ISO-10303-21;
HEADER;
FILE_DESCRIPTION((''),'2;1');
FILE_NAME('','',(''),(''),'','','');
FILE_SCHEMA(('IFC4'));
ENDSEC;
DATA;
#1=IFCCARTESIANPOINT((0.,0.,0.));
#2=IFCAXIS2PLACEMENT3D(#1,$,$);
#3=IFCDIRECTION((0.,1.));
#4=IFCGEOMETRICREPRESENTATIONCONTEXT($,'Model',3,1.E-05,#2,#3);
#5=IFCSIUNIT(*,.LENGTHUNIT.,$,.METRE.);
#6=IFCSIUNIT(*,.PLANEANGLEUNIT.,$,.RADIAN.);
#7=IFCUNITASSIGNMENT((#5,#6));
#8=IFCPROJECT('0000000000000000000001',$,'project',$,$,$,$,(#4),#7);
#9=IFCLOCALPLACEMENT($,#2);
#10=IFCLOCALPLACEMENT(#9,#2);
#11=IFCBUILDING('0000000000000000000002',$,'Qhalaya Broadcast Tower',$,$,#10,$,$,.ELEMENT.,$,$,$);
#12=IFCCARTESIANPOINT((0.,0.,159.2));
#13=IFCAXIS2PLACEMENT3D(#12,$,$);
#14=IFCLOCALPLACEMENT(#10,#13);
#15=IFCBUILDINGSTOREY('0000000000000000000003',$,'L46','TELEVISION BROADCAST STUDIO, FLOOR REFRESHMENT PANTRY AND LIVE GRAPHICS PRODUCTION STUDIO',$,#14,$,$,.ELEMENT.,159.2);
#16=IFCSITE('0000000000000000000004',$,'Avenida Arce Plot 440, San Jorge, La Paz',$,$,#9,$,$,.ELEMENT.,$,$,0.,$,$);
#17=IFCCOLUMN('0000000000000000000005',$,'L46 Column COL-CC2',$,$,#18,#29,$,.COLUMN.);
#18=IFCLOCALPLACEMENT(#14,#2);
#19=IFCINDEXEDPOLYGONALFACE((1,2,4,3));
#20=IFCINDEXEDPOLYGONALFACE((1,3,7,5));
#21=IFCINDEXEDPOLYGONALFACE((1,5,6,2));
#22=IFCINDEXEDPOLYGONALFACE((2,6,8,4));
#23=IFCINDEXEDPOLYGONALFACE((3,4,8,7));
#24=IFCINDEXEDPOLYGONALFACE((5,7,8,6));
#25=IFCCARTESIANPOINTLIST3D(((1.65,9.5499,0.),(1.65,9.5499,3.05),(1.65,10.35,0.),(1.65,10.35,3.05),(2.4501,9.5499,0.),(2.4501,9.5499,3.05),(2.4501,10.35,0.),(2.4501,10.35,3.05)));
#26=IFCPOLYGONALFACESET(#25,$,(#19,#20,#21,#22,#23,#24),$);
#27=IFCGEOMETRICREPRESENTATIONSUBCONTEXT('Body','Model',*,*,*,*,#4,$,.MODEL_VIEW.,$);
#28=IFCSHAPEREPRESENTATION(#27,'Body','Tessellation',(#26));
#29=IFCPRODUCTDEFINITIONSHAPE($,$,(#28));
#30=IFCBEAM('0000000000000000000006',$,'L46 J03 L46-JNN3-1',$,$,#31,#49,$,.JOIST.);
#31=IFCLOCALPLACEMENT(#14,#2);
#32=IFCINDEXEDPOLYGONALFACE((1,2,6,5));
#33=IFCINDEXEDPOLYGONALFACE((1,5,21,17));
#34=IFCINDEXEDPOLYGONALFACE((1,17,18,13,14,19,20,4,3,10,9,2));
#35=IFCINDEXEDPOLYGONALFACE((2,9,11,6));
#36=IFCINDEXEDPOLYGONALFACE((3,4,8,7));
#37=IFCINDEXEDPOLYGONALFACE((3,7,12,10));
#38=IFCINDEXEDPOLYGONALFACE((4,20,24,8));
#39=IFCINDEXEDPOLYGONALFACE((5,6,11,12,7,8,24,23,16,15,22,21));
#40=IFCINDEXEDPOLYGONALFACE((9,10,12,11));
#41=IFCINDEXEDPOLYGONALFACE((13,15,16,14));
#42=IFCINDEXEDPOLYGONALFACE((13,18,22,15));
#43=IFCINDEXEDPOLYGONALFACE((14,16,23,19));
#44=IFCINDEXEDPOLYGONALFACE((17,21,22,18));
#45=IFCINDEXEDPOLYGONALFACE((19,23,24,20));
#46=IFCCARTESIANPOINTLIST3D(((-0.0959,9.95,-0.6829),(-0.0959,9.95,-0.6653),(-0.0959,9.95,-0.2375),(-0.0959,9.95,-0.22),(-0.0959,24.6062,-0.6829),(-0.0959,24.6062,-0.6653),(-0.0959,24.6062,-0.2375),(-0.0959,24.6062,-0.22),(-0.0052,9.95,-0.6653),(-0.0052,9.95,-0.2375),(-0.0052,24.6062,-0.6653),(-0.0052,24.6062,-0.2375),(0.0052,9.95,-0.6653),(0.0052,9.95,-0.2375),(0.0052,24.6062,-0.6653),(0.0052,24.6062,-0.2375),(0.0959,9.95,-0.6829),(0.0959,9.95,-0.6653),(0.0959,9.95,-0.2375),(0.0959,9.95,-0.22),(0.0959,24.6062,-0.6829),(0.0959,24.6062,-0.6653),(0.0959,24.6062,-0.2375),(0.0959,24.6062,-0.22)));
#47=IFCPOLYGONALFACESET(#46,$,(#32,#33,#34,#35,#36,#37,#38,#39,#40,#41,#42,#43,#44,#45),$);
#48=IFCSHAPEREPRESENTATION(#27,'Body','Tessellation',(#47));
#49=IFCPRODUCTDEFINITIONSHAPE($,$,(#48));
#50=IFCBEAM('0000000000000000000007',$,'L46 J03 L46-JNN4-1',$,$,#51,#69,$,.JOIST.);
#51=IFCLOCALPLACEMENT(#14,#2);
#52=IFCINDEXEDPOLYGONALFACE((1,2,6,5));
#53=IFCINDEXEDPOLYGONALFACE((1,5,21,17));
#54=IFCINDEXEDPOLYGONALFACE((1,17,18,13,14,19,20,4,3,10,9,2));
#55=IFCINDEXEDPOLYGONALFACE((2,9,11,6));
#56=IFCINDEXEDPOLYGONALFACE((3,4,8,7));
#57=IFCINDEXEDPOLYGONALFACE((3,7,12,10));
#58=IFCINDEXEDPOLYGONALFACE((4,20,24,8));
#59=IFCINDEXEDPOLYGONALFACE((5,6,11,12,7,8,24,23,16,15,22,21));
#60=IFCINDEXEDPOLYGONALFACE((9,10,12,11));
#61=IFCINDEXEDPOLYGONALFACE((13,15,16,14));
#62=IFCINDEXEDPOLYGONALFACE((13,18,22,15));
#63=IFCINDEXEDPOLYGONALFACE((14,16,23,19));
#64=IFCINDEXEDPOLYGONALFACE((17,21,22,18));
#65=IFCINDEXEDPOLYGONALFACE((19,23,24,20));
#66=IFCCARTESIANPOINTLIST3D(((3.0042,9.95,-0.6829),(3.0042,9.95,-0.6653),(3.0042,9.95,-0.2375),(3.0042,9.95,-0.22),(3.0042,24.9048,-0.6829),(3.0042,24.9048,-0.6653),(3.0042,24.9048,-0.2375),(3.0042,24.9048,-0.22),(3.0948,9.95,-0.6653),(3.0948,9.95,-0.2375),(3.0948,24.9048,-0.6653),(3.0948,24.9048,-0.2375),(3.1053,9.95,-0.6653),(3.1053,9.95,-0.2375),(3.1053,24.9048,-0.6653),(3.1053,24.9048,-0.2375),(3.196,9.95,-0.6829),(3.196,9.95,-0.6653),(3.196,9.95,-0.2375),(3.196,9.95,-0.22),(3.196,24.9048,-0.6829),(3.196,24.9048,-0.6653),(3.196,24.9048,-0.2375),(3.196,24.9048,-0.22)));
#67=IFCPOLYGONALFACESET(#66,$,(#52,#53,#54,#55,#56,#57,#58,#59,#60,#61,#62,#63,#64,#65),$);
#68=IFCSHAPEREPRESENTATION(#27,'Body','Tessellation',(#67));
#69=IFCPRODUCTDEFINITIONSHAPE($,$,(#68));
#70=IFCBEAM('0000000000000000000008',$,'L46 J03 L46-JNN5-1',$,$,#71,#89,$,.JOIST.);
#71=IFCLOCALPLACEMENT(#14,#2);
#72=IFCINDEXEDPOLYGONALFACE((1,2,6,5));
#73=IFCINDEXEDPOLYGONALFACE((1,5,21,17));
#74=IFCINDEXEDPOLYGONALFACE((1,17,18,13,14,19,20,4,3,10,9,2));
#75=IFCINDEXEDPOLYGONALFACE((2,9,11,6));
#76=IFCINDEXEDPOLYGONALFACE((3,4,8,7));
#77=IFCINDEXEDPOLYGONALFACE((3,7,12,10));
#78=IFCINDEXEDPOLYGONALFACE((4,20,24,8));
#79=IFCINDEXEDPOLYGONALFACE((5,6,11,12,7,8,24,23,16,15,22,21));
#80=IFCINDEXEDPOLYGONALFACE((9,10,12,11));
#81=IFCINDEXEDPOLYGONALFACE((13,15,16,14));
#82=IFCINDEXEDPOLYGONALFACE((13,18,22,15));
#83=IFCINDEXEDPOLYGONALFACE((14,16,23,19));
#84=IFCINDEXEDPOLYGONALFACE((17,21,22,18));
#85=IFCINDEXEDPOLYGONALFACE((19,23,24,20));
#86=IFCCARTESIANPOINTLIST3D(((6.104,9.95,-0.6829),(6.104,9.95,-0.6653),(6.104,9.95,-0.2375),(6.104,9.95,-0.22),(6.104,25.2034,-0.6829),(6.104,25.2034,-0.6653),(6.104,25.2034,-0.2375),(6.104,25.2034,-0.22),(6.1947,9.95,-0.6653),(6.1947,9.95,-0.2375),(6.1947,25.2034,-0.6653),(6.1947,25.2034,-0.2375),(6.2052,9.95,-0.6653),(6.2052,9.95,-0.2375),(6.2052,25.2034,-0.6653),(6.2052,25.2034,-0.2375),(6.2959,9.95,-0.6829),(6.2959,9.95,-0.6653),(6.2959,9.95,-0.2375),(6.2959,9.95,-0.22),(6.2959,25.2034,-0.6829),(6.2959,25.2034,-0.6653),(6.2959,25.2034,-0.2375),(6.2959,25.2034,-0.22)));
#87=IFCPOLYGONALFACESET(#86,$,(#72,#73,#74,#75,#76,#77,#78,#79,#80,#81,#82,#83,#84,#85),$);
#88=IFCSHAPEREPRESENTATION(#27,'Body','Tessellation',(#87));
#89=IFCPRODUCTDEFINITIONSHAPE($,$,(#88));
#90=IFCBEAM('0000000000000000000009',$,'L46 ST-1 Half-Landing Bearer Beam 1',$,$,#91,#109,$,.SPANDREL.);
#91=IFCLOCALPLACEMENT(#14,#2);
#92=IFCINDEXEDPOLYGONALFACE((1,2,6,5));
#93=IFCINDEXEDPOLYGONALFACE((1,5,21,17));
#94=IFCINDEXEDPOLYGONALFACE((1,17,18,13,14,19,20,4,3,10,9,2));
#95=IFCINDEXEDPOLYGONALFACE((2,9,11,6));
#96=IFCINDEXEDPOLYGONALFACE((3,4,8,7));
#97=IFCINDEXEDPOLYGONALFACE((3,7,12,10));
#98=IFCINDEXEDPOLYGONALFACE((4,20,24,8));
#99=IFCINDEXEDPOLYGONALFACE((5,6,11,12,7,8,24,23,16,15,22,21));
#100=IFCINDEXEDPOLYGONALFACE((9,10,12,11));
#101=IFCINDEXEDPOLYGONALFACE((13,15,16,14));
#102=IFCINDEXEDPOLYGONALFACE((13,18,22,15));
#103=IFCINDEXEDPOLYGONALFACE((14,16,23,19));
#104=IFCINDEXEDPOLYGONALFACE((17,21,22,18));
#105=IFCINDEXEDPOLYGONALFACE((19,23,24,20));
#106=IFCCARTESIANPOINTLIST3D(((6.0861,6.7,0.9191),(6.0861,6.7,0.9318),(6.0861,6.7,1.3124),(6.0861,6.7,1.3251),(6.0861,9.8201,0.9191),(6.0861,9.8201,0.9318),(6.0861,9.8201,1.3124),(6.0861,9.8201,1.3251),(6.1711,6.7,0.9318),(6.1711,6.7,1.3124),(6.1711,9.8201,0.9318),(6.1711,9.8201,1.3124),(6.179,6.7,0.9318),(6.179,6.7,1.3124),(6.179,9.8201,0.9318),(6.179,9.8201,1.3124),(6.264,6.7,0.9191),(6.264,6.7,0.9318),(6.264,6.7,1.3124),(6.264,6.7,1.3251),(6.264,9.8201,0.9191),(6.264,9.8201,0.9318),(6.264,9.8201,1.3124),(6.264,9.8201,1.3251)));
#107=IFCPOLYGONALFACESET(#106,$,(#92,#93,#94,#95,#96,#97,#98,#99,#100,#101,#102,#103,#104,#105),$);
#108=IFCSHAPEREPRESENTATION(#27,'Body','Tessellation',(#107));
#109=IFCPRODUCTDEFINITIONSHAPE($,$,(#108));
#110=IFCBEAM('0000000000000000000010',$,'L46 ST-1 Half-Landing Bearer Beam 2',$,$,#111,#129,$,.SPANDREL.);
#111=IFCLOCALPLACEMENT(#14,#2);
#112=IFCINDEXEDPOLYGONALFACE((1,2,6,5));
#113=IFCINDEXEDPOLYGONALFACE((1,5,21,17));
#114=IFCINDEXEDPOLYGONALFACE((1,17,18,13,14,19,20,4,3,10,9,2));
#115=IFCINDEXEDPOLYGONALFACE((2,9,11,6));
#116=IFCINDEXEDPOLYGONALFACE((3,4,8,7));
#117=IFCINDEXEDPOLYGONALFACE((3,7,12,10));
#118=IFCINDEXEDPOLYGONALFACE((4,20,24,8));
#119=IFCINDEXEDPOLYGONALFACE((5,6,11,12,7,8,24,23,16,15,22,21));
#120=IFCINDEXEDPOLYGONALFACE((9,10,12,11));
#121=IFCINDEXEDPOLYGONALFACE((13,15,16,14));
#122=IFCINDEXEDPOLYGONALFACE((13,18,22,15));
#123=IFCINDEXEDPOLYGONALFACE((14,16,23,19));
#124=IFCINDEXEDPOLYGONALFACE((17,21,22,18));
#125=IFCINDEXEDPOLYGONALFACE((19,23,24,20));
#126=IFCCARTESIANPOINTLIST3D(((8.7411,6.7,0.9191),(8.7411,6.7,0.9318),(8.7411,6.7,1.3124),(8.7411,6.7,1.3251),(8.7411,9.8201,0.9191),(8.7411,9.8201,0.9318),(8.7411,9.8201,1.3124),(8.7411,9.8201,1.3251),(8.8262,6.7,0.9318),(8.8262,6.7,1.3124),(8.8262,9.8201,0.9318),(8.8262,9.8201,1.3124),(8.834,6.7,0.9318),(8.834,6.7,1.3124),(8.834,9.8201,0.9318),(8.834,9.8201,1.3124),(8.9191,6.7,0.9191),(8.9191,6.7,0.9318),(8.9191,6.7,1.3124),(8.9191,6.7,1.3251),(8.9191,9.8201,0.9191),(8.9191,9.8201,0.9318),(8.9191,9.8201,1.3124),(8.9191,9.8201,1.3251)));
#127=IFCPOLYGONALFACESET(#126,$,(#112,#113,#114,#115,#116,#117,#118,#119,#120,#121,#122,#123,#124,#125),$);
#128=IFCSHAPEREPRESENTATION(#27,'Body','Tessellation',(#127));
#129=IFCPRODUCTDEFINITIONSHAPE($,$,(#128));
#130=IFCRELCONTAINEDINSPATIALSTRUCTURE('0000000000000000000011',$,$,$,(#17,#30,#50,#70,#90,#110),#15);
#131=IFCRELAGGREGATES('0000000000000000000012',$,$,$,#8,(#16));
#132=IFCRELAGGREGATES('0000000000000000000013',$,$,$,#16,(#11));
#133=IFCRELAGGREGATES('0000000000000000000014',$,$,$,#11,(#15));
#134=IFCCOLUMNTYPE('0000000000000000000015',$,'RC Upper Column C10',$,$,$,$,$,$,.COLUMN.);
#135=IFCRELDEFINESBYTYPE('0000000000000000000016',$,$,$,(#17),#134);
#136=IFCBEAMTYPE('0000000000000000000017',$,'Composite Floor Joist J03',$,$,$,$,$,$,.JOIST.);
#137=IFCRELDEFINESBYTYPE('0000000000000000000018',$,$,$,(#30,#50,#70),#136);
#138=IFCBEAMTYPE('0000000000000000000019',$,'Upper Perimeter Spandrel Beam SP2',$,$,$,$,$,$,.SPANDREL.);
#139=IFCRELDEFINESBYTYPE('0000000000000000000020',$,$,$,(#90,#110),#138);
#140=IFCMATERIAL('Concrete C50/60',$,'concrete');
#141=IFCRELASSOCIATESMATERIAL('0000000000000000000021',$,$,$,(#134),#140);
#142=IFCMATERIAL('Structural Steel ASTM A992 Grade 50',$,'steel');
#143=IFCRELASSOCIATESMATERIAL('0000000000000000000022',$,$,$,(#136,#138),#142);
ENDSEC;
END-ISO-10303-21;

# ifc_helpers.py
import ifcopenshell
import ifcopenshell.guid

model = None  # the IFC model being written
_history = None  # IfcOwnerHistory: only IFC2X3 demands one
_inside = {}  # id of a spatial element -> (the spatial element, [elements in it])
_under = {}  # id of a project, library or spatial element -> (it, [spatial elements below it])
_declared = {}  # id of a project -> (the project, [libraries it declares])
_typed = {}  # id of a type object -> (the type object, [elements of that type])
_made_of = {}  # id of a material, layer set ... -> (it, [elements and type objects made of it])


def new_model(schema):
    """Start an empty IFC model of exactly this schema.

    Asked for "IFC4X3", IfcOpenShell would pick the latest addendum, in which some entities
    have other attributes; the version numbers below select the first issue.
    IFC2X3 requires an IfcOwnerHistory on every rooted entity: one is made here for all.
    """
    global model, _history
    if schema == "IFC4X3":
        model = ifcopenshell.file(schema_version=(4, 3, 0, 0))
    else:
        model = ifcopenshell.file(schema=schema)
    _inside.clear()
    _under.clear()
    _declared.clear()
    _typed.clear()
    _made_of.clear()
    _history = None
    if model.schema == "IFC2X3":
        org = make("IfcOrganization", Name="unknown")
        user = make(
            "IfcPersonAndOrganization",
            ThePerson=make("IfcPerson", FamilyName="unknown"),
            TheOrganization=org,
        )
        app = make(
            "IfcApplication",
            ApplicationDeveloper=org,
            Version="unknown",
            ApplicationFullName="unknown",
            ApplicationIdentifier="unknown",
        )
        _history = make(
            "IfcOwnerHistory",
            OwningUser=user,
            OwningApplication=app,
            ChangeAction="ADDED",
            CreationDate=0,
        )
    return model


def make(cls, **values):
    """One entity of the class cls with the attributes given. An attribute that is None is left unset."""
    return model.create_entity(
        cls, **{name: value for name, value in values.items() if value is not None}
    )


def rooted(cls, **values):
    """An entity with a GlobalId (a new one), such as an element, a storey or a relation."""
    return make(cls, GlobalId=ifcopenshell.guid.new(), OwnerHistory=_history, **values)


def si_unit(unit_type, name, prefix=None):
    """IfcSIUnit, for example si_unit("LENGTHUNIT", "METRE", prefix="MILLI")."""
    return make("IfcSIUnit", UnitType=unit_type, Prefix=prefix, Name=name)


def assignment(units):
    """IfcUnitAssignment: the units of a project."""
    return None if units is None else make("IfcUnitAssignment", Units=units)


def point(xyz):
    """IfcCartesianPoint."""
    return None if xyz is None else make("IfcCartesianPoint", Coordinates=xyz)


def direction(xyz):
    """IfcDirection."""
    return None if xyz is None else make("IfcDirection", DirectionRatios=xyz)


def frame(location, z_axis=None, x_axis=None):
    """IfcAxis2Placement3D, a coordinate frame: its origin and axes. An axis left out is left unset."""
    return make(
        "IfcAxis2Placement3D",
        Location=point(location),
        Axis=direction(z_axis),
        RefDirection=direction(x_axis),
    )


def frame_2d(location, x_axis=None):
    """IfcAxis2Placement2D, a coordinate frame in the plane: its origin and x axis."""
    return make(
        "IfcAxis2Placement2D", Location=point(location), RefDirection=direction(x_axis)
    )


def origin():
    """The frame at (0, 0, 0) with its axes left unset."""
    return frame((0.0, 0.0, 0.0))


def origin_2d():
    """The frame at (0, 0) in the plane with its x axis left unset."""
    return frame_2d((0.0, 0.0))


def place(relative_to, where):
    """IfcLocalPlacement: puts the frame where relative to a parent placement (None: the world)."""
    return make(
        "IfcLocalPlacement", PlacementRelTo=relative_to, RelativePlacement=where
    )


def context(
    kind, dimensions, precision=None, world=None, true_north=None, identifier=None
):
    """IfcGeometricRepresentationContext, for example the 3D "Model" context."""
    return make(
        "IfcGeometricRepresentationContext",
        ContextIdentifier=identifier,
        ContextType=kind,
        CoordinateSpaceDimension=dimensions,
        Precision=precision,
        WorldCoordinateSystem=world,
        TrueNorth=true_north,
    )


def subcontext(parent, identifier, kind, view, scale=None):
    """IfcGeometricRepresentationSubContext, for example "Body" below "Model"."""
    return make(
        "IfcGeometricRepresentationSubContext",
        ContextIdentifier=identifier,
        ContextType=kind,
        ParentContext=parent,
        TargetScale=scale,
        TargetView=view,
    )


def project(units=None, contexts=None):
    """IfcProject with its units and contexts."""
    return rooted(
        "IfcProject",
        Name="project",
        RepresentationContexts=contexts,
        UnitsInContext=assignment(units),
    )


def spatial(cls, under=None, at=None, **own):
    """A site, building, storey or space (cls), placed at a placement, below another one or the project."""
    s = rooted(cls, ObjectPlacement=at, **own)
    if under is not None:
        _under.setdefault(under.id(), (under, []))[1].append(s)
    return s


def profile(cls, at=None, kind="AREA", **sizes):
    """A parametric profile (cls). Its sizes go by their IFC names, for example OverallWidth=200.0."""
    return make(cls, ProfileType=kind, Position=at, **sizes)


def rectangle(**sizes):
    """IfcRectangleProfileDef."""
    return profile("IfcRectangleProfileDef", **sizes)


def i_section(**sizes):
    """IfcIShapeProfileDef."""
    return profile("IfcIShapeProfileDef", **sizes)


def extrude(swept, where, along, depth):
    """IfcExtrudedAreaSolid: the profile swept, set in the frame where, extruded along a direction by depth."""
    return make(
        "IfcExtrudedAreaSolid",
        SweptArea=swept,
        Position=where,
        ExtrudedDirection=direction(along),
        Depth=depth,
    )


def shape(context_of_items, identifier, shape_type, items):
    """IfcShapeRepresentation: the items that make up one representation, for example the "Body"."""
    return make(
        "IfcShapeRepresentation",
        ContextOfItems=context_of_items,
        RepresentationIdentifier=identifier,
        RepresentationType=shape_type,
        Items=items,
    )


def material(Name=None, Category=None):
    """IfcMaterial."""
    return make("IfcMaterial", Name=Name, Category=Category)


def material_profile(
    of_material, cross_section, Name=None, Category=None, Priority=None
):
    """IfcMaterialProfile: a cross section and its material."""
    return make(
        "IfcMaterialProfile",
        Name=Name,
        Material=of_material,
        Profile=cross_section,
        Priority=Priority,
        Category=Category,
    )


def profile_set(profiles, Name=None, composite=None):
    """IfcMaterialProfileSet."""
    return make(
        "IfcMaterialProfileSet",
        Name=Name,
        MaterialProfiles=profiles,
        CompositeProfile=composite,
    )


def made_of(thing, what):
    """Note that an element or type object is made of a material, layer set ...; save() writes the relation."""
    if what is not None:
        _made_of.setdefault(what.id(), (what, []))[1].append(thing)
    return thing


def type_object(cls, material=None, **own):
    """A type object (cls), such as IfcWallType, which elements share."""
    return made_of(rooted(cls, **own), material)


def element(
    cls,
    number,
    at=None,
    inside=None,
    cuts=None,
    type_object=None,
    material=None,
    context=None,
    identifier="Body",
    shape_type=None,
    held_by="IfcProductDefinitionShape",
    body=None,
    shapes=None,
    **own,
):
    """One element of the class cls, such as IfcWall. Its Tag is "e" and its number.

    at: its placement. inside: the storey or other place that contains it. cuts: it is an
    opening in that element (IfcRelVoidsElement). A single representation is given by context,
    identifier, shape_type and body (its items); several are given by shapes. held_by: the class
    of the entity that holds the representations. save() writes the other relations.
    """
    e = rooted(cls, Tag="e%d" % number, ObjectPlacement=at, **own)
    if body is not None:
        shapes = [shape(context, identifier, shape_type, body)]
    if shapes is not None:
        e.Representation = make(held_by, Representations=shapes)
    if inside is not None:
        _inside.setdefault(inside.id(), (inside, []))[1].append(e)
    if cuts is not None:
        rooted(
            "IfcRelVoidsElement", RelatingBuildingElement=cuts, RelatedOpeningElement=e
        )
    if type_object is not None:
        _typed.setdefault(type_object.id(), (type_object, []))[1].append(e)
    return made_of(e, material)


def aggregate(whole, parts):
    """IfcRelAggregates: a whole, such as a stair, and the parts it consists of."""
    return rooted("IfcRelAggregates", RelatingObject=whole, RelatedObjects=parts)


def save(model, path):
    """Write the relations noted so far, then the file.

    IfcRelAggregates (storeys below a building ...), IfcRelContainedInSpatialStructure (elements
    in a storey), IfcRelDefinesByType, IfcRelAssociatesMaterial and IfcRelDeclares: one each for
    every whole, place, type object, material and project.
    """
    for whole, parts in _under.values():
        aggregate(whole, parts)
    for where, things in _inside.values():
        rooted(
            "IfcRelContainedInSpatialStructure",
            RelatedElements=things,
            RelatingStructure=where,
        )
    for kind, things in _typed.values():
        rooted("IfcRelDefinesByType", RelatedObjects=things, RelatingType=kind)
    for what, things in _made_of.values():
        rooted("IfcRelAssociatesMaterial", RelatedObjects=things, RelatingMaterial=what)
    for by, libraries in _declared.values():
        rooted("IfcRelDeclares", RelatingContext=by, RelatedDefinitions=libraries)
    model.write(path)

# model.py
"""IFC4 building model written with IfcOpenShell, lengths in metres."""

from ifc_helpers import new_model, si_unit, direction, frame, origin, origin_2d, place, context, subcontext, project, spatial, rectangle, i_section, extrude, material, material_profile, profile_set, type_object, element, save


model = new_model("IFC4")

# Units and contexts
model_context = context("Model", 3, precision=1e-05, world=origin(), true_north=direction((0.0, 1.0)))
body_context = subcontext(model_context, "Body", "Model", "MODEL_VIEW")
ifc_project = project(units=[si_unit("LENGTHUNIT", "METRE"), si_unit("PLANEANGLEUNIT", "RADIAN")], contexts=[model_context])

# Site, building, storey
site_placement = place(None, origin())
site = spatial("IfcSite", under=ifc_project, at=site_placement, Name="Avenida Arce Plot 440, San Jorge, La Paz", CompositionType="ELEMENT", RefElevation=0.0)
building_placement = place(site_placement, origin())
building = spatial("IfcBuilding", under=site, at=building_placement, Name="Qhalaya Broadcast Tower", CompositionType="ELEMENT")
storey_placement = place(building_placement, frame((0.0, 0.0, 159.2)))
storey = spatial("IfcBuildingStorey", under=building, at=storey_placement, Name="L46", Description="TELEVISION BROADCAST STUDIO, FLOOR REFRESHMENT PANTRY AND LIVE GRAPHICS PRODUCTION STUDIO", CompositionType="ELEMENT", Elevation=159.2)

# Column
ifc_material_1 = material(Name="Concrete C50/60", Category="concrete")
ifc_material_profile_1 = material_profile(ifc_material_1, rectangle(XDim=0.8, YDim=0.8, at=origin_2d()), Name="RC-COL 800x800")
ifc_profile_set_1 = profile_set([ifc_material_profile_1], Name="Concrete C50/60")
column_type = type_object("IfcColumnType", Name="RC Upper Column C10", PredefinedType="COLUMN", material=ifc_profile_set_1)
column_placement = place(storey_placement, frame((2.05, 9.95, 0.0), z_axis=(0.0, 0.0, 1.0), x_axis=(1.0, 0.0, 0.0)))
element("IfcColumn", 1, at=column_placement, inside=storey, type_object=column_type, Name="L46 Column COL-CC2", PredefinedType="COLUMN", context=body_context, shape_type="SweptSolid", body=[
    extrude(rectangle(XDim=0.8, YDim=0.8, at=origin_2d()), origin(), (0.0, 0.0, 1.0), 3.05),
])

# Beams
ifc_material_2 = material(Name="Structural Steel ASTM A992 Grade 50", Category="steel")
ifc_material_profile_2 = material_profile(ifc_material_2, i_section(OverallWidth=0.1919, OverallDepth=0.4629, WebThickness=0.0105, FlangeThickness=0.0176, at=origin_2d()), Name="W18X60")
ifc_profile_set_2 = profile_set([ifc_material_profile_2], Name="Structural Steel ASTM A992 Grade 50")
beam_type_1 = type_object("IfcBeamType", Name="Composite Floor Joist J03", PredefinedType="JOIST", material=ifc_profile_set_2)
beam_1_placement = place(storey_placement, frame((0.0, 9.95, -0.4514), z_axis=(0.0, 1.0, 0.0), x_axis=(-1.0, 0.0, 0.0)))
element("IfcBeam", 2, at=beam_1_placement, inside=storey, type_object=beam_type_1, Name="L46 J03 L46-JNN3-1", PredefinedType="JOIST", context=body_context, shape_type="SweptSolid", body=[
    extrude(i_section(OverallWidth=0.1919, OverallDepth=0.4629, WebThickness=0.0105, FlangeThickness=0.0176, at=origin_2d()), origin(), (0.0, 0.0, 1.0), 14.6562),
])
beam_2_placement = place(storey_placement, frame((3.1001, 9.95, -0.4514), z_axis=(0.0, 1.0, 0.0), x_axis=(-1.0, 0.0, 0.0)))
element("IfcBeam", 3, at=beam_2_placement, inside=storey, type_object=beam_type_1, Name="L46 J03 L46-JNN4-1", PredefinedType="JOIST", context=body_context, shape_type="SweptSolid", body=[
    extrude(i_section(OverallWidth=0.1919, OverallDepth=0.4629, WebThickness=0.0105, FlangeThickness=0.0176, at=origin_2d()), origin(), (0.0, 0.0, 1.0), 14.9548),
])
beam_3_placement = place(storey_placement, frame((6.2, 9.95, -0.4514), z_axis=(0.0, 1.0, 0.0), x_axis=(-1.0, 0.0, 0.0)))
element("IfcBeam", 4, at=beam_3_placement, inside=storey, type_object=beam_type_1, Name="L46 J03 L46-JNN5-1", PredefinedType="JOIST", context=body_context, shape_type="SweptSolid", body=[
    extrude(i_section(OverallWidth=0.1919, OverallDepth=0.4629, WebThickness=0.0105, FlangeThickness=0.0176, at=origin_2d()), origin(), (0.0, 0.0, 1.0), 15.2534),
])
ifc_material_profile_3 = material_profile(ifc_material_2, i_section(OverallWidth=0.178, OverallDepth=0.406, WebThickness=0.0078, FlangeThickness=0.0127, at=origin_2d()), Name="W16X40")
ifc_profile_set_3 = profile_set([ifc_material_profile_3], Name="Structural Steel ASTM A992 Grade 50")
beam_type_2 = type_object("IfcBeamType", Name="Upper Perimeter Spandrel Beam SP2", PredefinedType="SPANDREL", material=ifc_profile_set_3)
for number, where, z_axis, x_axis, name in (
    (5, (6.175, 6.7, 1.1221), (0.0, 1.0, 0.0), (-1.0, 0.0, 0.0), "L46 ST-1 Half-Landing Bearer Beam 1"),
    (6, (8.8301, 6.7, 1.1221), (0.0, 1.0, 0.0), (-1.0, 0.0, 0.0), "L46 ST-1 Half-Landing Bearer Beam 2"),
):
    element("IfcBeam", number, at=place(storey_placement, frame(where, z_axis=z_axis, x_axis=x_axis)), inside=storey, type_object=beam_type_2, Name=name, PredefinedType="SPANDREL", context=body_context, shape_type="SweptSolid", body=[
        extrude(i_section(OverallWidth=0.178, OverallDepth=0.406, WebThickness=0.0078, FlangeThickness=0.0127, at=origin_2d()), origin(), (0.0, 0.0, 1.0), 3.1201),
    ])

save(model, "model.ifc")
